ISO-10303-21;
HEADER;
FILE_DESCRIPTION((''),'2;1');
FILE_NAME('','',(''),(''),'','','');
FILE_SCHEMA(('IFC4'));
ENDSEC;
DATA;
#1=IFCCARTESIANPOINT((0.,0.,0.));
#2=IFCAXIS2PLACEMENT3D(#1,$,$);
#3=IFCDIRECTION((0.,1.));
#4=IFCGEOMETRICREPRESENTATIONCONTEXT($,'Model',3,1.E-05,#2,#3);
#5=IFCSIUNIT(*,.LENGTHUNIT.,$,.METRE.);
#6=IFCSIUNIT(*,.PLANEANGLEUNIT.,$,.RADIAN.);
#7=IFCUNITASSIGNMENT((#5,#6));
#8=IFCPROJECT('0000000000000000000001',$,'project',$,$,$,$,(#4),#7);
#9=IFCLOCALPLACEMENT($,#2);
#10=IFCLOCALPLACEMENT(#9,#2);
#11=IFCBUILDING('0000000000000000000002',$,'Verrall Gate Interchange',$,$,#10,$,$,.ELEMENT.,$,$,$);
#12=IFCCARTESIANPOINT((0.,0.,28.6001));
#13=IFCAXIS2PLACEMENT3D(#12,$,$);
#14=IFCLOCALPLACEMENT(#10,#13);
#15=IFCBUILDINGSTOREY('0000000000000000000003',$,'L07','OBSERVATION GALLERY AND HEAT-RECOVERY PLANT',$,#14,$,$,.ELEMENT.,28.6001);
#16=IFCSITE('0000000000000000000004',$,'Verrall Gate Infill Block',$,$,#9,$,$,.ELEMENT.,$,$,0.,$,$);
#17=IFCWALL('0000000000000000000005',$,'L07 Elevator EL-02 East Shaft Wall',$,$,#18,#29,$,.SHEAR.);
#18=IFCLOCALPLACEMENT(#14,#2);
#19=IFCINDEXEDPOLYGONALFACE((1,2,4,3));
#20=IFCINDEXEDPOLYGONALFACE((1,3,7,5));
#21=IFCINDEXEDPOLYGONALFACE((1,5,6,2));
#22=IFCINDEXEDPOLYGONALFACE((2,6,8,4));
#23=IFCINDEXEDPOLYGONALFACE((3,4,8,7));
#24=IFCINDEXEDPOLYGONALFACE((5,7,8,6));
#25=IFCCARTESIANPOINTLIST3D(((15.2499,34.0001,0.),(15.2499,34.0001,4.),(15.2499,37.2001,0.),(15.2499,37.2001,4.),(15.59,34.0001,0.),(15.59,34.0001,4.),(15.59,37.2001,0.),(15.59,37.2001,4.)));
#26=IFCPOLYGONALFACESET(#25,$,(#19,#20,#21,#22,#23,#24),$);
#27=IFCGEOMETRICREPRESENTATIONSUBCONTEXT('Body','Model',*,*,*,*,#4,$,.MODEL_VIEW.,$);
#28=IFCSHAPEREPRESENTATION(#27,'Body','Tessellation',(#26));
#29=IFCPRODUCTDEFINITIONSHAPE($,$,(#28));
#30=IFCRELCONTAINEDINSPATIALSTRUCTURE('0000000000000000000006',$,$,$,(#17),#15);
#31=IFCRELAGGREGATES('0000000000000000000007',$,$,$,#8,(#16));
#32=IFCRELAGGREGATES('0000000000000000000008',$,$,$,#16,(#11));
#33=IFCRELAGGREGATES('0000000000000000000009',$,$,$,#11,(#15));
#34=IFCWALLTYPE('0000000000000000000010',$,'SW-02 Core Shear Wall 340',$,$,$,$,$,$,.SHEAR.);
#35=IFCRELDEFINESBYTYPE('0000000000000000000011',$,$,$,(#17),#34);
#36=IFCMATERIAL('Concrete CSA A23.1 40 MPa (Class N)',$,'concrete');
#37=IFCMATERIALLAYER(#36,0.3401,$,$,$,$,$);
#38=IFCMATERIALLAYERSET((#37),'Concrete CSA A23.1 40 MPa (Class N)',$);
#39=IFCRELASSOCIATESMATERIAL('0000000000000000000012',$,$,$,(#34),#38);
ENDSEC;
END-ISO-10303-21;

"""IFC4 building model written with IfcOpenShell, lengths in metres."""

from ifc_helpers import new_model, si_unit, direction, frame, frame_2d, origin, place, context, subcontext, project, spatial, rectangle, extrude, material, layer, layer_set, type_object, element, save


model = new_model("IFC4")

# Units and contexts
model_context = context("Model", 3, precision=1e-05, world=origin(), true_north=direction((0.0, 1.0)))
body_context = subcontext(model_context, "Body", "Model", "MODEL_VIEW")
ifc_project = project(units=[si_unit("LENGTHUNIT", "METRE"), si_unit("PLANEANGLEUNIT", "RADIAN")], contexts=[model_context])

# Site, building, storey
site_placement = place(None, origin())
site = spatial("IfcSite", under=ifc_project, at=site_placement, Name="Verrall Gate Infill Block", CompositionType="ELEMENT", RefElevation=0.0)
building_placement = place(site_placement, origin())
building = spatial("IfcBuilding", under=site, at=building_placement, Name="Verrall Gate Interchange", CompositionType="ELEMENT")
storey_placement = place(building_placement, frame((0.0, 0.0, 28.6001)))
storey = spatial("IfcBuildingStorey", under=building, at=storey_placement, Name="L07", Description="OBSERVATION GALLERY AND HEAT-RECOVERY PLANT", CompositionType="ELEMENT", Elevation=28.6001)

# Shared definitions
ifc_material_1 = material(Name="Concrete CSA A23.1 40 MPa (Class N)", Category="concrete")
ifc_layer_1 = layer(ifc_material_1, 0.3401)
ifc_layer_set_1 = layer_set([ifc_layer_1], Name="Concrete CSA A23.1 40 MPa (Class N)")
wall_type_1 = type_object("IfcWallType", Name="SW-02 Core Shear Wall 340", PredefinedType="SHEAR", material=ifc_layer_set_1)

# Wall
for number, where, z_axis, x_axis, name in (
    (1, (15.4199, 34.0, 0.0), (0.0, 0.0, 1.0), (0.0, 1.0, 0.0), "L07 Elevator EL-02 East Shaft Wall"),
):
    element("IfcWall", number, at=place(storey_placement, frame(where, z_axis=z_axis, x_axis=x_axis)), inside=storey, type_object=wall_type_1, Name=name, PredefinedType="SHEAR", context=body_context, shape_type="SweptSolid", body=[
        extrude(rectangle(XDim=3.2, YDim=0.3401, at=frame_2d((1.6001, 0.0))), origin(), (0.0, 0.0, 1.0), 4.0),
    ])

save(model, "model.ifc")
